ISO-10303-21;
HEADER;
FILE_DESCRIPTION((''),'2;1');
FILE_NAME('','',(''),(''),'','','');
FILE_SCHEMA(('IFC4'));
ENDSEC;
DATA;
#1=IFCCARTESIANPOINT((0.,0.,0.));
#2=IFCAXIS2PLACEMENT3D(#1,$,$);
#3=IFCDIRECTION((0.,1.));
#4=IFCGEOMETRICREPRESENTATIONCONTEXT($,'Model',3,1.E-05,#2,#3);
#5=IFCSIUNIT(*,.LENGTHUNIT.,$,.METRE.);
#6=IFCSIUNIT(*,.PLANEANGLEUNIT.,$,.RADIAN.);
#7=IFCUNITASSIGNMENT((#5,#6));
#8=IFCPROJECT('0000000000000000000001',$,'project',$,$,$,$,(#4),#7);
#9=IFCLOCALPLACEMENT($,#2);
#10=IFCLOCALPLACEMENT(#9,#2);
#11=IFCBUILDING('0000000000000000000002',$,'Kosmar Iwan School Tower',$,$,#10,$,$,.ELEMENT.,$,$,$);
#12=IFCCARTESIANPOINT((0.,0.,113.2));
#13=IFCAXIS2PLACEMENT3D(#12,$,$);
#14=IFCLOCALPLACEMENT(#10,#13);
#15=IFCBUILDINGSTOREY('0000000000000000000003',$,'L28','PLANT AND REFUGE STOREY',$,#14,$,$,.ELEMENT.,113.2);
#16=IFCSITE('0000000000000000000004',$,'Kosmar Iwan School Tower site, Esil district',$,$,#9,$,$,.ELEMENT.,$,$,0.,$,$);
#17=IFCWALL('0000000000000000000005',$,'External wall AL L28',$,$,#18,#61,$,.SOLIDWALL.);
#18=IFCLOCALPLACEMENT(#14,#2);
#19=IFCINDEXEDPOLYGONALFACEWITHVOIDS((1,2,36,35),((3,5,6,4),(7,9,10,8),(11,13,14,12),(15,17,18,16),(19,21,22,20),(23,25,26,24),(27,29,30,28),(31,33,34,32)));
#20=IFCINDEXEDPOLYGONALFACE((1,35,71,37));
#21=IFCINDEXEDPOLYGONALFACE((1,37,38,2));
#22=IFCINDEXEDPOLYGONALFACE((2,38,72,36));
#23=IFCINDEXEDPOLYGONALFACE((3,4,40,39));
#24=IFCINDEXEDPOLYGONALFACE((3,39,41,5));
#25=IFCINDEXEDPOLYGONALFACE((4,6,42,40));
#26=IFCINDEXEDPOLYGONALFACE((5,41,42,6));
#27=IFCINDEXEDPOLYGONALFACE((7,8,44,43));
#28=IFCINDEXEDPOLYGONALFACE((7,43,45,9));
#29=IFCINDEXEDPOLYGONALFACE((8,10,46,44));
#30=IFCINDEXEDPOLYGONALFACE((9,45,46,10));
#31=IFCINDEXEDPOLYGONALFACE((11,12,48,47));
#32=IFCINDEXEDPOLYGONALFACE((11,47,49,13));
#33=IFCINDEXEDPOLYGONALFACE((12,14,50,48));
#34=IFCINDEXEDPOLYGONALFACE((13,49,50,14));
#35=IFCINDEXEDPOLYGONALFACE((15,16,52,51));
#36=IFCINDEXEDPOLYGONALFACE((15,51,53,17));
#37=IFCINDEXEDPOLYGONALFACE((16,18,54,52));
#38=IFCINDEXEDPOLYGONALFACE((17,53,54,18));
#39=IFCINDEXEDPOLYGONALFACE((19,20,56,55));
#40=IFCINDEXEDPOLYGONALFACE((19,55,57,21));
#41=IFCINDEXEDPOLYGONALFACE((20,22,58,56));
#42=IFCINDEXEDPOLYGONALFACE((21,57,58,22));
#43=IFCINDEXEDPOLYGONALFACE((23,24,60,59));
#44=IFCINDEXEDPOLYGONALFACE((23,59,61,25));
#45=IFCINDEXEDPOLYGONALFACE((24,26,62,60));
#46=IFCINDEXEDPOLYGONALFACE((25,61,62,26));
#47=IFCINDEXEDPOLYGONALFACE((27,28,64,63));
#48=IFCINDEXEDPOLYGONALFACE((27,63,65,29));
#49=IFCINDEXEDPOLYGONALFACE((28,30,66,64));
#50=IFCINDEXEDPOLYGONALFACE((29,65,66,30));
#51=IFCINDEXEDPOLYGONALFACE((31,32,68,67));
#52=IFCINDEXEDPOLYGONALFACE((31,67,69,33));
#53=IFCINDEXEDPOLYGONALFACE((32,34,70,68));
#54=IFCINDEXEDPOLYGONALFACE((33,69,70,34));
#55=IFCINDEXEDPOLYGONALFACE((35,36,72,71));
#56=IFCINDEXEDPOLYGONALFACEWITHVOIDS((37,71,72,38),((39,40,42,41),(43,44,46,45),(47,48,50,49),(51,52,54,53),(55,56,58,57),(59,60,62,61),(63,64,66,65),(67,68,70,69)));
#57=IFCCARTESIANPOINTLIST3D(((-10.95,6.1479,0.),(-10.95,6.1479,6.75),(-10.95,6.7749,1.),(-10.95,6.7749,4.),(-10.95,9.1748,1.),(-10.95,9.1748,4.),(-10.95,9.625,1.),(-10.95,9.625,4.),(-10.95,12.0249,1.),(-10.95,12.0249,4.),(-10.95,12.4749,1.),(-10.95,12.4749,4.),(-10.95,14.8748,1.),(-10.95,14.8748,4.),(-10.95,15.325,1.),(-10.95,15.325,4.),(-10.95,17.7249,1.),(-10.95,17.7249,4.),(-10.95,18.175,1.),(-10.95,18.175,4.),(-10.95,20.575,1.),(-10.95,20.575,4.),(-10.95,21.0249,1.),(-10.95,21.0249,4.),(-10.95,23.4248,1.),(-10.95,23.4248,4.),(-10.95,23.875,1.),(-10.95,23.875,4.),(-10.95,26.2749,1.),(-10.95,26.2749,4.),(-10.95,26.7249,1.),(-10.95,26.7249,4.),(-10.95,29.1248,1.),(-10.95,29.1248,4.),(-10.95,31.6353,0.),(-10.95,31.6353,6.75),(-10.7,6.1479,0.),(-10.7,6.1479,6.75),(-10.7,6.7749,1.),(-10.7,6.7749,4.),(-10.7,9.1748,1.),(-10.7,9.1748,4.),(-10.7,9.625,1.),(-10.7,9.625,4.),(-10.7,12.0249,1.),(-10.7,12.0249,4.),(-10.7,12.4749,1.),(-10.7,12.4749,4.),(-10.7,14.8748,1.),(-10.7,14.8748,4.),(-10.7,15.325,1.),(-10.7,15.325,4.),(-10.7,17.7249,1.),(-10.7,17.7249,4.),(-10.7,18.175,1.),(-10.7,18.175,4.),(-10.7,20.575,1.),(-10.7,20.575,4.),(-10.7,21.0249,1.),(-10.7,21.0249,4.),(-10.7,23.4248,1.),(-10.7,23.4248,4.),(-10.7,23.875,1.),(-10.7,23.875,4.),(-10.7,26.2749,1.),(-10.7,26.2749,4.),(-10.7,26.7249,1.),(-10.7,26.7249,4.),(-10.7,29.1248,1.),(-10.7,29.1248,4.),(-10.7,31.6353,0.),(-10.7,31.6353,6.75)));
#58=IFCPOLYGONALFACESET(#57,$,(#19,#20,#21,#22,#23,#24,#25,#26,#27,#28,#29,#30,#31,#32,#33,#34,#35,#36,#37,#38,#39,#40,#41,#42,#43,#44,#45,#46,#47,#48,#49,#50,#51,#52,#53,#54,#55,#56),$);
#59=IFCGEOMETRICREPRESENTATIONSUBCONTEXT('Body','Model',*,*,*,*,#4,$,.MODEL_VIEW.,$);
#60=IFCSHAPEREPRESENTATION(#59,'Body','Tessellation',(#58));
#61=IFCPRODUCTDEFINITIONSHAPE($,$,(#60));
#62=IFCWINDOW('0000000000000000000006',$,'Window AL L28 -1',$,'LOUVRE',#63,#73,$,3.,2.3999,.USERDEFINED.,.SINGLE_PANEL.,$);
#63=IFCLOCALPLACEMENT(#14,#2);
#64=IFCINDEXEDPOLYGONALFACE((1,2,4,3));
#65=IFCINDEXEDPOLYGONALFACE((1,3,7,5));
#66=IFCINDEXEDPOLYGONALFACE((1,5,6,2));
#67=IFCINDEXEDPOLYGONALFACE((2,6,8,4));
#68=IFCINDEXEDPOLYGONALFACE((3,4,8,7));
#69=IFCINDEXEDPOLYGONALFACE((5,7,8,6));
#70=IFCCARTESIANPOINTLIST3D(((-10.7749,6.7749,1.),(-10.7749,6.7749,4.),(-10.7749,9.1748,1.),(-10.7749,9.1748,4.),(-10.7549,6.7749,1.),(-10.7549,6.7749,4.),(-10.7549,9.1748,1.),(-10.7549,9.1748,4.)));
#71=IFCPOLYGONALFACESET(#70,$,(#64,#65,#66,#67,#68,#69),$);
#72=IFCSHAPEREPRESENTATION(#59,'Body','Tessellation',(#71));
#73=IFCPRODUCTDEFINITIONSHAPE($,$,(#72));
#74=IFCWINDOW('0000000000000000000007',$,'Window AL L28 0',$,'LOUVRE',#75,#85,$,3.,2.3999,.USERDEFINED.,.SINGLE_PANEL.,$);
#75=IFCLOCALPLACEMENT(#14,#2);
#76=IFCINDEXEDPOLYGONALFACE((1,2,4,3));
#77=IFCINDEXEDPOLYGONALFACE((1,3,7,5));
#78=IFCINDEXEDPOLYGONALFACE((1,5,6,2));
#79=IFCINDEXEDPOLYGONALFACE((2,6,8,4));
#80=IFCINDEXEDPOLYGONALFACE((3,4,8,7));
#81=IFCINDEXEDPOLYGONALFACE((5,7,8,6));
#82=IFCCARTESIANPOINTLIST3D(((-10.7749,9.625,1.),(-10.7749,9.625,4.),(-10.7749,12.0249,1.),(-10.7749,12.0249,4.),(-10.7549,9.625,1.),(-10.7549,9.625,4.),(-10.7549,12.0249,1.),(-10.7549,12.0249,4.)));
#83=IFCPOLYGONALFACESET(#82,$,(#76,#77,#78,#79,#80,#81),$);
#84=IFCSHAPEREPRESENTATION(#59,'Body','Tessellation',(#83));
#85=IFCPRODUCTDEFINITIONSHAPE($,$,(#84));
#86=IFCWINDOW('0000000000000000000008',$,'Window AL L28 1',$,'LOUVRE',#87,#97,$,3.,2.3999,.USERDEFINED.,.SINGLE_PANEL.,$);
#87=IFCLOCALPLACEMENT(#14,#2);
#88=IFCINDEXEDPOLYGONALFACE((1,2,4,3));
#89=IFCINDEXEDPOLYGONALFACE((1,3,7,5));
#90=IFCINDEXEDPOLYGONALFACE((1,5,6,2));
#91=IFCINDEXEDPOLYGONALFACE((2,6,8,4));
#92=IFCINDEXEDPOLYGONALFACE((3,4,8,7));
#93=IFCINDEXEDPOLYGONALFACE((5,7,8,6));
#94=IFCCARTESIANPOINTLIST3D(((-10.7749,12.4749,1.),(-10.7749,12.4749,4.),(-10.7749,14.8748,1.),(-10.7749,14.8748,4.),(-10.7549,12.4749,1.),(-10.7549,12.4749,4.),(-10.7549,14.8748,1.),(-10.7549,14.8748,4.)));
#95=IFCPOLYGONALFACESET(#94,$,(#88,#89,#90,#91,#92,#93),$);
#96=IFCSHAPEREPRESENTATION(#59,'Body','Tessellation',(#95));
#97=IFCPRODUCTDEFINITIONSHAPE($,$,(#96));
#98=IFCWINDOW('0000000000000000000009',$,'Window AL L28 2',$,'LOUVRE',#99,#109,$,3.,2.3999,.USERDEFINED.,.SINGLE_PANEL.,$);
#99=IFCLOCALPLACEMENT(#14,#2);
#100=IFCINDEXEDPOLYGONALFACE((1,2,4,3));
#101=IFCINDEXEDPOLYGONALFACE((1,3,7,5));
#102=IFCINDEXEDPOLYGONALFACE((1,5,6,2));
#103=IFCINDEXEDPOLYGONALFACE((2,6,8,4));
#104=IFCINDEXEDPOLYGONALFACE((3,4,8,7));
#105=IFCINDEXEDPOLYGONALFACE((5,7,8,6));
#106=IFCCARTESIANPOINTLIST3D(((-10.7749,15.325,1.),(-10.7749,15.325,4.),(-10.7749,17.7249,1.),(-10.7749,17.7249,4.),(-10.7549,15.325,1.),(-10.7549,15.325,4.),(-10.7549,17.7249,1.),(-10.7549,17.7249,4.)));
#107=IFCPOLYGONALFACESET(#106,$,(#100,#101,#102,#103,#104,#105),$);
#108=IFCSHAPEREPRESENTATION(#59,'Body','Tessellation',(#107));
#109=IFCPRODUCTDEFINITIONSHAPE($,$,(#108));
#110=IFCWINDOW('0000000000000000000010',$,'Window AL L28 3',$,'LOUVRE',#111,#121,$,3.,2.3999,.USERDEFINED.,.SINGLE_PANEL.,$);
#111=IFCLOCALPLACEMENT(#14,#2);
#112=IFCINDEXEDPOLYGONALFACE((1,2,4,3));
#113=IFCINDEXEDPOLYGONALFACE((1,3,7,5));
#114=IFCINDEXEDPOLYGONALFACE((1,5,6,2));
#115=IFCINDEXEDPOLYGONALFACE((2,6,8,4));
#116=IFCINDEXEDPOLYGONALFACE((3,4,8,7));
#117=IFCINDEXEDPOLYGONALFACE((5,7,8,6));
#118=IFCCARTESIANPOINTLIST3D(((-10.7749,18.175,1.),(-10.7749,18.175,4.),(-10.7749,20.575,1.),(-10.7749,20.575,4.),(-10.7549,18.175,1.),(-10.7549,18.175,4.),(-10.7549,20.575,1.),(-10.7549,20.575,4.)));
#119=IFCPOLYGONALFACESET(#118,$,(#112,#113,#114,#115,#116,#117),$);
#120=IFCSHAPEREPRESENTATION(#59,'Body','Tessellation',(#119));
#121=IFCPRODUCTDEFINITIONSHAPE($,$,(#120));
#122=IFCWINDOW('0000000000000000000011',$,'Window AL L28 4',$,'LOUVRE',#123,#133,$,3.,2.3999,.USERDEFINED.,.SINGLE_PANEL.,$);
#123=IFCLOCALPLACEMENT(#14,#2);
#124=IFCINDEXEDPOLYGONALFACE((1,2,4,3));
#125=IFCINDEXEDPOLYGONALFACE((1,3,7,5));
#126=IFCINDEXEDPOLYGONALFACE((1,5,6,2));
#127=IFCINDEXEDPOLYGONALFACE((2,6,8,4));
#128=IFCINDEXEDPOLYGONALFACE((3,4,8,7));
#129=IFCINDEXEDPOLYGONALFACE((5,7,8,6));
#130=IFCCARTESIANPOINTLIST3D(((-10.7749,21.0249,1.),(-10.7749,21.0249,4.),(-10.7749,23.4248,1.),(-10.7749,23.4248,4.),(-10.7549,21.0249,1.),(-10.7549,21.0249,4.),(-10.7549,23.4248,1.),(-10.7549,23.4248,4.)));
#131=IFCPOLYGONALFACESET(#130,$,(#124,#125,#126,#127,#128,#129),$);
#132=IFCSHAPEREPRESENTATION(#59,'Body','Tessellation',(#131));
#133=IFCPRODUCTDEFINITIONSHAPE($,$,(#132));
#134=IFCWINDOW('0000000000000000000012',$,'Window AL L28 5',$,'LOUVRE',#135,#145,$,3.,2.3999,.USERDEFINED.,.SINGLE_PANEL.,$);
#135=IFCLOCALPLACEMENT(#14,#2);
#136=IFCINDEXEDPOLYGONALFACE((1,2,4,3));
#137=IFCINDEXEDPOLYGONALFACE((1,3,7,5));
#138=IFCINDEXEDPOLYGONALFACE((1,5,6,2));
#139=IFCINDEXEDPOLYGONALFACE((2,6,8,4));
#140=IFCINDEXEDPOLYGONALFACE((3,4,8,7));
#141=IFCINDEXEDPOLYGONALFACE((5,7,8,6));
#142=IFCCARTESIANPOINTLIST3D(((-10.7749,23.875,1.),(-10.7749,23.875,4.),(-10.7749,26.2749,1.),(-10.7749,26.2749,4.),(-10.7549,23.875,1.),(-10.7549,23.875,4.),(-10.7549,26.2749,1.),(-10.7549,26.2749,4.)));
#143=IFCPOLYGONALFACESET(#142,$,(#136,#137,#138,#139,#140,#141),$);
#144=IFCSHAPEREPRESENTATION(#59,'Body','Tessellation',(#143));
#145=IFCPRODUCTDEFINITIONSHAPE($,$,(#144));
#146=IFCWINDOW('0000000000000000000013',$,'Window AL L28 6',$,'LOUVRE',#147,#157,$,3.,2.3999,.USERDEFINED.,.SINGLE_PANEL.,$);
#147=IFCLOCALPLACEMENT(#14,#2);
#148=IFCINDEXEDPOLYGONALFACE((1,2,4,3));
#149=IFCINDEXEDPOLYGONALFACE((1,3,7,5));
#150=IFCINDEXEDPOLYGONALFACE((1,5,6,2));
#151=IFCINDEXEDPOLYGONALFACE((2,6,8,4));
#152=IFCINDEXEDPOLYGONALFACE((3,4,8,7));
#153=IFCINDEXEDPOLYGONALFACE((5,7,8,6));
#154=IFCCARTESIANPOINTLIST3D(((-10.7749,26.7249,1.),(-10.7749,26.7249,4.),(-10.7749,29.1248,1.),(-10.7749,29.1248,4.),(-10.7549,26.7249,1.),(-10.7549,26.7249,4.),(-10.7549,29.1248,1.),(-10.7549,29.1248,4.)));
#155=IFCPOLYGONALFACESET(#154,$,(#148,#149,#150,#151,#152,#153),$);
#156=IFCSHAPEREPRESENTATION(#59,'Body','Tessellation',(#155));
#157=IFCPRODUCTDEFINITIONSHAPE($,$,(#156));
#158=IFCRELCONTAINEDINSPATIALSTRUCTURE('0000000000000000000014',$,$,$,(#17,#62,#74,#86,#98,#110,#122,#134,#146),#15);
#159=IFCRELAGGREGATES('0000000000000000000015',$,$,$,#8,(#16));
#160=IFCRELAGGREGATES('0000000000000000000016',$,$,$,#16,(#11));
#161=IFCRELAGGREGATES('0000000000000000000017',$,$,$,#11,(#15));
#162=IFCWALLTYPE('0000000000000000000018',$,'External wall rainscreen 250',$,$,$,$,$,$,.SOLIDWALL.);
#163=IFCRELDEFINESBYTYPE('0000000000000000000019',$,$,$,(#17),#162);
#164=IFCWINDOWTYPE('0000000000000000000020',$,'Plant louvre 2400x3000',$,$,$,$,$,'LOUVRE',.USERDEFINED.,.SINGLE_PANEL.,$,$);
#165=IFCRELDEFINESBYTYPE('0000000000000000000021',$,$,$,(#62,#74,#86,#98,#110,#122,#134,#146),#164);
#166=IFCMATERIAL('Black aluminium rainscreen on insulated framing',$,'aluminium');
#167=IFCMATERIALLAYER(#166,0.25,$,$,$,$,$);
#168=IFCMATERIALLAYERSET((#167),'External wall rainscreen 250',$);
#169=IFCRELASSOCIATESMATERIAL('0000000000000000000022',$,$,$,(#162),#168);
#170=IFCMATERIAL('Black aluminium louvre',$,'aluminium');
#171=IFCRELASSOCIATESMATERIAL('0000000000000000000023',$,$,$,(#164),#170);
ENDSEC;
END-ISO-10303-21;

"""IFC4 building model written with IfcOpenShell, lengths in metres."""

from ifc_helpers import new_model, si_unit, direction, frame, frame_2d, origin, place, context, subcontext, project, spatial, rectangle, extrude, material, layer, layer_set, type_object, element, fill, save


model = new_model("IFC4")

# Units and contexts
model_context = context("Model", 3, precision=1e-05, world=origin(), true_north=direction((0.0, 1.0)))
body_context = subcontext(model_context, "Body", "Model", "MODEL_VIEW")
ifc_project = project(units=[si_unit("LENGTHUNIT", "METRE"), si_unit("PLANEANGLEUNIT", "RADIAN")], contexts=[model_context])

# Site, building, storey
site_placement = place(None, origin())
site = spatial("IfcSite", under=ifc_project, at=site_placement, Name="Kosmar Iwan School Tower site, Esil district", CompositionType="ELEMENT", RefElevation=0.0)
building_placement = place(site_placement, origin())
building = spatial("IfcBuilding", under=site, at=building_placement, Name="Kosmar Iwan School Tower", CompositionType="ELEMENT")
storey_placement = place(building_placement, frame((0.0, 0.0, 113.2)))
storey = spatial("IfcBuildingStorey", under=building, at=storey_placement, Name="L28", Description="PLANT AND REFUGE STOREY", CompositionType="ELEMENT", Elevation=113.2)

# Wall, openings, windows
ifc_material_1 = material(Name="Black aluminium rainscreen on insulated framing", Category="aluminium")
ifc_layer = layer(ifc_material_1, 0.25)
ifc_layer_set = layer_set([ifc_layer], Name="External wall rainscreen 250")
wall_type = type_object("IfcWallType", Name="External wall rainscreen 250", PredefinedType="SOLIDWALL", material=ifc_layer_set)
wall_1_placement = place(storey_placement, frame((-10.825, 6.1479, 0.0), z_axis=(0.0, 0.0, 1.0), x_axis=(0.0, 1.0, 0.0)))
wall_1 = element("IfcWall", 1, at=wall_1_placement, inside=storey, type_object=wall_type, Name="External wall AL L28", PredefinedType="SOLIDWALL", context=body_context, shape_type="SweptSolid", body=[
    extrude(rectangle(XDim=25.4873, YDim=0.25, at=frame_2d((12.7437, 0.0))), origin(), (0.0, 0.0, 1.0), 6.75),
])
opening_1_placement = place(wall_1_placement, frame((0.627, 0.0, 1.0)))
opening_1 = element("IfcOpeningElement", 2, at=opening_1_placement, cuts=wall_1, PredefinedType="OPENING", context=body_context, shape_type="SweptSolid", body=[
    extrude(rectangle(XDim=2.3999, YDim=3.0, at=frame_2d((1.2, 1.5))), frame((0.0, 0.137, 0.0), z_axis=(0.0, -1.0, 0.0), x_axis=(1.0, 0.0, 0.0)), (0.0, 0.0, 1.0), 0.2739),
])
opening_2_placement = place(wall_1_placement, frame((3.4771, 0.0, 1.0)))
opening_2 = element("IfcOpeningElement", 3, at=opening_2_placement, cuts=wall_1, PredefinedType="OPENING", context=body_context, shape_type="SweptSolid", body=[
    extrude(rectangle(XDim=2.3999, YDim=3.0, at=frame_2d((1.2, 1.5))), frame((0.0, 0.137, 0.0), z_axis=(0.0, -1.0, 0.0), x_axis=(1.0, 0.0, 0.0)), (0.0, 0.0, 1.0), 0.2739),
])
opening_3_placement = place(wall_1_placement, frame((6.3269, 0.0, 1.0)))
opening_3 = element("IfcOpeningElement", 4, at=opening_3_placement, cuts=wall_1, PredefinedType="OPENING", context=body_context, shape_type="SweptSolid", body=[
    extrude(rectangle(XDim=2.3999, YDim=3.0, at=frame_2d((1.2, 1.5))), frame((0.0, 0.137, 0.0), z_axis=(0.0, -1.0, 0.0), x_axis=(1.0, 0.0, 0.0)), (0.0, 0.0, 1.0), 0.2739),
])
opening_4_placement = place(wall_1_placement, frame((9.177, 0.0, 1.0)))
opening_4 = element("IfcOpeningElement", 5, at=opening_4_placement, cuts=wall_1, PredefinedType="OPENING", context=body_context, shape_type="SweptSolid", body=[
    extrude(rectangle(XDim=2.3999, YDim=3.0, at=frame_2d((1.2, 1.5))), frame((0.0, 0.137, 0.0), z_axis=(0.0, -1.0, 0.0), x_axis=(1.0, 0.0, 0.0)), (0.0, 0.0, 1.0), 0.2739),
])
opening_5_placement = place(wall_1_placement, frame((12.0271, 0.0, 1.0)))
opening_5 = element("IfcOpeningElement", 6, at=opening_5_placement, cuts=wall_1, PredefinedType="OPENING", context=body_context, shape_type="SweptSolid", body=[
    extrude(rectangle(XDim=2.3999, YDim=3.0, at=frame_2d((1.2, 1.5))), frame((0.0, 0.137, 0.0), z_axis=(0.0, -1.0, 0.0), x_axis=(1.0, 0.0, 0.0)), (0.0, 0.0, 1.0), 0.2739),
])
opening_6_placement = place(wall_1_placement, frame((14.877, 0.0, 1.0)))
opening_6 = element("IfcOpeningElement", 7, at=opening_6_placement, cuts=wall_1, PredefinedType="OPENING", context=body_context, shape_type="SweptSolid", body=[
    extrude(rectangle(XDim=2.3999, YDim=3.0, at=frame_2d((1.2, 1.5))), frame((0.0, 0.137, 0.0), z_axis=(0.0, -1.0, 0.0), x_axis=(1.0, 0.0, 0.0)), (0.0, 0.0, 1.0), 0.2739),
])
opening_7_placement = place(wall_1_placement, frame((17.7271, 0.0, 1.0)))
opening_7 = element("IfcOpeningElement", 8, at=opening_7_placement, cuts=wall_1, PredefinedType="OPENING", context=body_context, shape_type="SweptSolid", body=[
    extrude(rectangle(XDim=2.3999, YDim=3.0, at=frame_2d((1.2, 1.5))), frame((0.0, 0.137, 0.0), z_axis=(0.0, -1.0, 0.0), x_axis=(1.0, 0.0, 0.0)), (0.0, 0.0, 1.0), 0.2739),
])
opening_8_placement = place(wall_1_placement, frame((20.5769, 0.0, 1.0)))
opening_8 = element("IfcOpeningElement", 9, at=opening_8_placement, cuts=wall_1, PredefinedType="OPENING", context=body_context, shape_type="SweptSolid", body=[
    extrude(rectangle(XDim=2.3999, YDim=3.0, at=frame_2d((1.2, 1.5))), frame((0.0, 0.137, 0.0), z_axis=(0.0, -1.0, 0.0), x_axis=(1.0, 0.0, 0.0)), (0.0, 0.0, 1.0), 0.2739),
])
ifc_material_2 = material(Name="Black aluminium louvre", Category="aluminium")
window_type = type_object("IfcWindowType", Name="Plant louvre 2400x3000", ElementType="LOUVRE", PartitioningType="SINGLE_PANEL", PredefinedType="USERDEFINED", material=ifc_material_2)
window_1_placement = place(opening_1_placement, origin())
window_1 = element("IfcWindow", 10, at=window_1_placement, inside=storey, type_object=window_type, Name="Window AL L28 -1", ObjectType="LOUVRE", OverallHeight=3.0, OverallWidth=2.3999, PartitioningType="SINGLE_PANEL", PredefinedType="USERDEFINED", context=body_context, shape_type="SweptSolid", body=[
    extrude(rectangle(XDim=2.3999, YDim=3.0, at=frame_2d((1.2, 1.5))), frame((0.0, -0.05, 0.0), z_axis=(0.0, -1.0, 0.0), x_axis=(1.0, 0.0, 0.0)), (0.0, 0.0, 1.0), 0.02),
])
fill(opening_1, window_1)
window_2_placement = place(opening_2_placement, origin())
window_2 = element("IfcWindow", 11, at=window_2_placement, inside=storey, type_object=window_type, Name="Window AL L28 0", ObjectType="LOUVRE", OverallHeight=3.0, OverallWidth=2.3999, PartitioningType="SINGLE_PANEL", PredefinedType="USERDEFINED", context=body_context, shape_type="SweptSolid", body=[
    extrude(rectangle(XDim=2.3999, YDim=3.0, at=frame_2d((1.2, 1.5))), frame((0.0, -0.05, 0.0), z_axis=(0.0, -1.0, 0.0), x_axis=(1.0, 0.0, 0.0)), (0.0, 0.0, 1.0), 0.02),
])
fill(opening_2, window_2)
window_3_placement = place(opening_3_placement, origin())
window_3 = element("IfcWindow", 12, at=window_3_placement, inside=storey, type_object=window_type, Name="Window AL L28 1", ObjectType="LOUVRE", OverallHeight=3.0, OverallWidth=2.3999, PartitioningType="SINGLE_PANEL", PredefinedType="USERDEFINED", context=body_context, shape_type="SweptSolid", body=[
    extrude(rectangle(XDim=2.3999, YDim=3.0, at=frame_2d((1.2, 1.5))), frame((0.0, -0.05, 0.0), z_axis=(0.0, -1.0, 0.0), x_axis=(1.0, 0.0, 0.0)), (0.0, 0.0, 1.0), 0.02),
])
fill(opening_3, window_3)
window_4_placement = place(opening_4_placement, origin())
window_4 = element("IfcWindow", 13, at=window_4_placement, inside=storey, type_object=window_type, Name="Window AL L28 2", ObjectType="LOUVRE", OverallHeight=3.0, OverallWidth=2.3999, PartitioningType="SINGLE_PANEL", PredefinedType="USERDEFINED", context=body_context, shape_type="SweptSolid", body=[
    extrude(rectangle(XDim=2.3999, YDim=3.0, at=frame_2d((1.2, 1.5))), frame((0.0, -0.05, 0.0), z_axis=(0.0, -1.0, 0.0), x_axis=(1.0, 0.0, 0.0)), (0.0, 0.0, 1.0), 0.02),
])
fill(opening_4, window_4)
window_5_placement = place(opening_5_placement, origin())
window_5 = element("IfcWindow", 14, at=window_5_placement, inside=storey, type_object=window_type, Name="Window AL L28 3", ObjectType="LOUVRE", OverallHeight=3.0, OverallWidth=2.3999, PartitioningType="SINGLE_PANEL", PredefinedType="USERDEFINED", context=body_context, shape_type="SweptSolid", body=[
    extrude(rectangle(XDim=2.3999, YDim=3.0, at=frame_2d((1.2, 1.5))), frame((0.0, -0.05, 0.0), z_axis=(0.0, -1.0, 0.0), x_axis=(1.0, 0.0, 0.0)), (0.0, 0.0, 1.0), 0.02),
])
fill(opening_5, window_5)
window_6_placement = place(opening_6_placement, origin())
window_6 = element("IfcWindow", 15, at=window_6_placement, inside=storey, type_object=window_type, Name="Window AL L28 4", ObjectType="LOUVRE", OverallHeight=3.0, OverallWidth=2.3999, PartitioningType="SINGLE_PANEL", PredefinedType="USERDEFINED", context=body_context, shape_type="SweptSolid", body=[
    extrude(rectangle(XDim=2.3999, YDim=3.0, at=frame_2d((1.2, 1.5))), frame((0.0, -0.05, 0.0), z_axis=(0.0, -1.0, 0.0), x_axis=(1.0, 0.0, 0.0)), (0.0, 0.0, 1.0), 0.02),
])
fill(opening_6, window_6)
window_7_placement = place(opening_7_placement, origin())
window_7 = element("IfcWindow", 16, at=window_7_placement, inside=storey, type_object=window_type, Name="Window AL L28 5", ObjectType="LOUVRE", OverallHeight=3.0, OverallWidth=2.3999, PartitioningType="SINGLE_PANEL", PredefinedType="USERDEFINED", context=body_context, shape_type="SweptSolid", body=[
    extrude(rectangle(XDim=2.3999, YDim=3.0, at=frame_2d((1.2, 1.5))), frame((0.0, -0.05, 0.0), z_axis=(0.0, -1.0, 0.0), x_axis=(1.0, 0.0, 0.0)), (0.0, 0.0, 1.0), 0.02),
])
fill(opening_7, window_7)
window_8_placement = place(opening_8_placement, origin())
window_8 = element("IfcWindow", 17, at=window_8_placement, inside=storey, type_object=window_type, Name="Window AL L28 6", ObjectType="LOUVRE", OverallHeight=3.0, OverallWidth=2.3999, PartitioningType="SINGLE_PANEL", PredefinedType="USERDEFINED", context=body_context, shape_type="SweptSolid", body=[
    extrude(rectangle(XDim=2.3999, YDim=3.0, at=frame_2d((1.2, 1.5))), frame((0.0, -0.05, 0.0), z_axis=(0.0, -1.0, 0.0), x_axis=(1.0, 0.0, 0.0)), (0.0, 0.0, 1.0), 0.02),
])
fill(opening_8, window_8)

save(model, "model.ifc")
